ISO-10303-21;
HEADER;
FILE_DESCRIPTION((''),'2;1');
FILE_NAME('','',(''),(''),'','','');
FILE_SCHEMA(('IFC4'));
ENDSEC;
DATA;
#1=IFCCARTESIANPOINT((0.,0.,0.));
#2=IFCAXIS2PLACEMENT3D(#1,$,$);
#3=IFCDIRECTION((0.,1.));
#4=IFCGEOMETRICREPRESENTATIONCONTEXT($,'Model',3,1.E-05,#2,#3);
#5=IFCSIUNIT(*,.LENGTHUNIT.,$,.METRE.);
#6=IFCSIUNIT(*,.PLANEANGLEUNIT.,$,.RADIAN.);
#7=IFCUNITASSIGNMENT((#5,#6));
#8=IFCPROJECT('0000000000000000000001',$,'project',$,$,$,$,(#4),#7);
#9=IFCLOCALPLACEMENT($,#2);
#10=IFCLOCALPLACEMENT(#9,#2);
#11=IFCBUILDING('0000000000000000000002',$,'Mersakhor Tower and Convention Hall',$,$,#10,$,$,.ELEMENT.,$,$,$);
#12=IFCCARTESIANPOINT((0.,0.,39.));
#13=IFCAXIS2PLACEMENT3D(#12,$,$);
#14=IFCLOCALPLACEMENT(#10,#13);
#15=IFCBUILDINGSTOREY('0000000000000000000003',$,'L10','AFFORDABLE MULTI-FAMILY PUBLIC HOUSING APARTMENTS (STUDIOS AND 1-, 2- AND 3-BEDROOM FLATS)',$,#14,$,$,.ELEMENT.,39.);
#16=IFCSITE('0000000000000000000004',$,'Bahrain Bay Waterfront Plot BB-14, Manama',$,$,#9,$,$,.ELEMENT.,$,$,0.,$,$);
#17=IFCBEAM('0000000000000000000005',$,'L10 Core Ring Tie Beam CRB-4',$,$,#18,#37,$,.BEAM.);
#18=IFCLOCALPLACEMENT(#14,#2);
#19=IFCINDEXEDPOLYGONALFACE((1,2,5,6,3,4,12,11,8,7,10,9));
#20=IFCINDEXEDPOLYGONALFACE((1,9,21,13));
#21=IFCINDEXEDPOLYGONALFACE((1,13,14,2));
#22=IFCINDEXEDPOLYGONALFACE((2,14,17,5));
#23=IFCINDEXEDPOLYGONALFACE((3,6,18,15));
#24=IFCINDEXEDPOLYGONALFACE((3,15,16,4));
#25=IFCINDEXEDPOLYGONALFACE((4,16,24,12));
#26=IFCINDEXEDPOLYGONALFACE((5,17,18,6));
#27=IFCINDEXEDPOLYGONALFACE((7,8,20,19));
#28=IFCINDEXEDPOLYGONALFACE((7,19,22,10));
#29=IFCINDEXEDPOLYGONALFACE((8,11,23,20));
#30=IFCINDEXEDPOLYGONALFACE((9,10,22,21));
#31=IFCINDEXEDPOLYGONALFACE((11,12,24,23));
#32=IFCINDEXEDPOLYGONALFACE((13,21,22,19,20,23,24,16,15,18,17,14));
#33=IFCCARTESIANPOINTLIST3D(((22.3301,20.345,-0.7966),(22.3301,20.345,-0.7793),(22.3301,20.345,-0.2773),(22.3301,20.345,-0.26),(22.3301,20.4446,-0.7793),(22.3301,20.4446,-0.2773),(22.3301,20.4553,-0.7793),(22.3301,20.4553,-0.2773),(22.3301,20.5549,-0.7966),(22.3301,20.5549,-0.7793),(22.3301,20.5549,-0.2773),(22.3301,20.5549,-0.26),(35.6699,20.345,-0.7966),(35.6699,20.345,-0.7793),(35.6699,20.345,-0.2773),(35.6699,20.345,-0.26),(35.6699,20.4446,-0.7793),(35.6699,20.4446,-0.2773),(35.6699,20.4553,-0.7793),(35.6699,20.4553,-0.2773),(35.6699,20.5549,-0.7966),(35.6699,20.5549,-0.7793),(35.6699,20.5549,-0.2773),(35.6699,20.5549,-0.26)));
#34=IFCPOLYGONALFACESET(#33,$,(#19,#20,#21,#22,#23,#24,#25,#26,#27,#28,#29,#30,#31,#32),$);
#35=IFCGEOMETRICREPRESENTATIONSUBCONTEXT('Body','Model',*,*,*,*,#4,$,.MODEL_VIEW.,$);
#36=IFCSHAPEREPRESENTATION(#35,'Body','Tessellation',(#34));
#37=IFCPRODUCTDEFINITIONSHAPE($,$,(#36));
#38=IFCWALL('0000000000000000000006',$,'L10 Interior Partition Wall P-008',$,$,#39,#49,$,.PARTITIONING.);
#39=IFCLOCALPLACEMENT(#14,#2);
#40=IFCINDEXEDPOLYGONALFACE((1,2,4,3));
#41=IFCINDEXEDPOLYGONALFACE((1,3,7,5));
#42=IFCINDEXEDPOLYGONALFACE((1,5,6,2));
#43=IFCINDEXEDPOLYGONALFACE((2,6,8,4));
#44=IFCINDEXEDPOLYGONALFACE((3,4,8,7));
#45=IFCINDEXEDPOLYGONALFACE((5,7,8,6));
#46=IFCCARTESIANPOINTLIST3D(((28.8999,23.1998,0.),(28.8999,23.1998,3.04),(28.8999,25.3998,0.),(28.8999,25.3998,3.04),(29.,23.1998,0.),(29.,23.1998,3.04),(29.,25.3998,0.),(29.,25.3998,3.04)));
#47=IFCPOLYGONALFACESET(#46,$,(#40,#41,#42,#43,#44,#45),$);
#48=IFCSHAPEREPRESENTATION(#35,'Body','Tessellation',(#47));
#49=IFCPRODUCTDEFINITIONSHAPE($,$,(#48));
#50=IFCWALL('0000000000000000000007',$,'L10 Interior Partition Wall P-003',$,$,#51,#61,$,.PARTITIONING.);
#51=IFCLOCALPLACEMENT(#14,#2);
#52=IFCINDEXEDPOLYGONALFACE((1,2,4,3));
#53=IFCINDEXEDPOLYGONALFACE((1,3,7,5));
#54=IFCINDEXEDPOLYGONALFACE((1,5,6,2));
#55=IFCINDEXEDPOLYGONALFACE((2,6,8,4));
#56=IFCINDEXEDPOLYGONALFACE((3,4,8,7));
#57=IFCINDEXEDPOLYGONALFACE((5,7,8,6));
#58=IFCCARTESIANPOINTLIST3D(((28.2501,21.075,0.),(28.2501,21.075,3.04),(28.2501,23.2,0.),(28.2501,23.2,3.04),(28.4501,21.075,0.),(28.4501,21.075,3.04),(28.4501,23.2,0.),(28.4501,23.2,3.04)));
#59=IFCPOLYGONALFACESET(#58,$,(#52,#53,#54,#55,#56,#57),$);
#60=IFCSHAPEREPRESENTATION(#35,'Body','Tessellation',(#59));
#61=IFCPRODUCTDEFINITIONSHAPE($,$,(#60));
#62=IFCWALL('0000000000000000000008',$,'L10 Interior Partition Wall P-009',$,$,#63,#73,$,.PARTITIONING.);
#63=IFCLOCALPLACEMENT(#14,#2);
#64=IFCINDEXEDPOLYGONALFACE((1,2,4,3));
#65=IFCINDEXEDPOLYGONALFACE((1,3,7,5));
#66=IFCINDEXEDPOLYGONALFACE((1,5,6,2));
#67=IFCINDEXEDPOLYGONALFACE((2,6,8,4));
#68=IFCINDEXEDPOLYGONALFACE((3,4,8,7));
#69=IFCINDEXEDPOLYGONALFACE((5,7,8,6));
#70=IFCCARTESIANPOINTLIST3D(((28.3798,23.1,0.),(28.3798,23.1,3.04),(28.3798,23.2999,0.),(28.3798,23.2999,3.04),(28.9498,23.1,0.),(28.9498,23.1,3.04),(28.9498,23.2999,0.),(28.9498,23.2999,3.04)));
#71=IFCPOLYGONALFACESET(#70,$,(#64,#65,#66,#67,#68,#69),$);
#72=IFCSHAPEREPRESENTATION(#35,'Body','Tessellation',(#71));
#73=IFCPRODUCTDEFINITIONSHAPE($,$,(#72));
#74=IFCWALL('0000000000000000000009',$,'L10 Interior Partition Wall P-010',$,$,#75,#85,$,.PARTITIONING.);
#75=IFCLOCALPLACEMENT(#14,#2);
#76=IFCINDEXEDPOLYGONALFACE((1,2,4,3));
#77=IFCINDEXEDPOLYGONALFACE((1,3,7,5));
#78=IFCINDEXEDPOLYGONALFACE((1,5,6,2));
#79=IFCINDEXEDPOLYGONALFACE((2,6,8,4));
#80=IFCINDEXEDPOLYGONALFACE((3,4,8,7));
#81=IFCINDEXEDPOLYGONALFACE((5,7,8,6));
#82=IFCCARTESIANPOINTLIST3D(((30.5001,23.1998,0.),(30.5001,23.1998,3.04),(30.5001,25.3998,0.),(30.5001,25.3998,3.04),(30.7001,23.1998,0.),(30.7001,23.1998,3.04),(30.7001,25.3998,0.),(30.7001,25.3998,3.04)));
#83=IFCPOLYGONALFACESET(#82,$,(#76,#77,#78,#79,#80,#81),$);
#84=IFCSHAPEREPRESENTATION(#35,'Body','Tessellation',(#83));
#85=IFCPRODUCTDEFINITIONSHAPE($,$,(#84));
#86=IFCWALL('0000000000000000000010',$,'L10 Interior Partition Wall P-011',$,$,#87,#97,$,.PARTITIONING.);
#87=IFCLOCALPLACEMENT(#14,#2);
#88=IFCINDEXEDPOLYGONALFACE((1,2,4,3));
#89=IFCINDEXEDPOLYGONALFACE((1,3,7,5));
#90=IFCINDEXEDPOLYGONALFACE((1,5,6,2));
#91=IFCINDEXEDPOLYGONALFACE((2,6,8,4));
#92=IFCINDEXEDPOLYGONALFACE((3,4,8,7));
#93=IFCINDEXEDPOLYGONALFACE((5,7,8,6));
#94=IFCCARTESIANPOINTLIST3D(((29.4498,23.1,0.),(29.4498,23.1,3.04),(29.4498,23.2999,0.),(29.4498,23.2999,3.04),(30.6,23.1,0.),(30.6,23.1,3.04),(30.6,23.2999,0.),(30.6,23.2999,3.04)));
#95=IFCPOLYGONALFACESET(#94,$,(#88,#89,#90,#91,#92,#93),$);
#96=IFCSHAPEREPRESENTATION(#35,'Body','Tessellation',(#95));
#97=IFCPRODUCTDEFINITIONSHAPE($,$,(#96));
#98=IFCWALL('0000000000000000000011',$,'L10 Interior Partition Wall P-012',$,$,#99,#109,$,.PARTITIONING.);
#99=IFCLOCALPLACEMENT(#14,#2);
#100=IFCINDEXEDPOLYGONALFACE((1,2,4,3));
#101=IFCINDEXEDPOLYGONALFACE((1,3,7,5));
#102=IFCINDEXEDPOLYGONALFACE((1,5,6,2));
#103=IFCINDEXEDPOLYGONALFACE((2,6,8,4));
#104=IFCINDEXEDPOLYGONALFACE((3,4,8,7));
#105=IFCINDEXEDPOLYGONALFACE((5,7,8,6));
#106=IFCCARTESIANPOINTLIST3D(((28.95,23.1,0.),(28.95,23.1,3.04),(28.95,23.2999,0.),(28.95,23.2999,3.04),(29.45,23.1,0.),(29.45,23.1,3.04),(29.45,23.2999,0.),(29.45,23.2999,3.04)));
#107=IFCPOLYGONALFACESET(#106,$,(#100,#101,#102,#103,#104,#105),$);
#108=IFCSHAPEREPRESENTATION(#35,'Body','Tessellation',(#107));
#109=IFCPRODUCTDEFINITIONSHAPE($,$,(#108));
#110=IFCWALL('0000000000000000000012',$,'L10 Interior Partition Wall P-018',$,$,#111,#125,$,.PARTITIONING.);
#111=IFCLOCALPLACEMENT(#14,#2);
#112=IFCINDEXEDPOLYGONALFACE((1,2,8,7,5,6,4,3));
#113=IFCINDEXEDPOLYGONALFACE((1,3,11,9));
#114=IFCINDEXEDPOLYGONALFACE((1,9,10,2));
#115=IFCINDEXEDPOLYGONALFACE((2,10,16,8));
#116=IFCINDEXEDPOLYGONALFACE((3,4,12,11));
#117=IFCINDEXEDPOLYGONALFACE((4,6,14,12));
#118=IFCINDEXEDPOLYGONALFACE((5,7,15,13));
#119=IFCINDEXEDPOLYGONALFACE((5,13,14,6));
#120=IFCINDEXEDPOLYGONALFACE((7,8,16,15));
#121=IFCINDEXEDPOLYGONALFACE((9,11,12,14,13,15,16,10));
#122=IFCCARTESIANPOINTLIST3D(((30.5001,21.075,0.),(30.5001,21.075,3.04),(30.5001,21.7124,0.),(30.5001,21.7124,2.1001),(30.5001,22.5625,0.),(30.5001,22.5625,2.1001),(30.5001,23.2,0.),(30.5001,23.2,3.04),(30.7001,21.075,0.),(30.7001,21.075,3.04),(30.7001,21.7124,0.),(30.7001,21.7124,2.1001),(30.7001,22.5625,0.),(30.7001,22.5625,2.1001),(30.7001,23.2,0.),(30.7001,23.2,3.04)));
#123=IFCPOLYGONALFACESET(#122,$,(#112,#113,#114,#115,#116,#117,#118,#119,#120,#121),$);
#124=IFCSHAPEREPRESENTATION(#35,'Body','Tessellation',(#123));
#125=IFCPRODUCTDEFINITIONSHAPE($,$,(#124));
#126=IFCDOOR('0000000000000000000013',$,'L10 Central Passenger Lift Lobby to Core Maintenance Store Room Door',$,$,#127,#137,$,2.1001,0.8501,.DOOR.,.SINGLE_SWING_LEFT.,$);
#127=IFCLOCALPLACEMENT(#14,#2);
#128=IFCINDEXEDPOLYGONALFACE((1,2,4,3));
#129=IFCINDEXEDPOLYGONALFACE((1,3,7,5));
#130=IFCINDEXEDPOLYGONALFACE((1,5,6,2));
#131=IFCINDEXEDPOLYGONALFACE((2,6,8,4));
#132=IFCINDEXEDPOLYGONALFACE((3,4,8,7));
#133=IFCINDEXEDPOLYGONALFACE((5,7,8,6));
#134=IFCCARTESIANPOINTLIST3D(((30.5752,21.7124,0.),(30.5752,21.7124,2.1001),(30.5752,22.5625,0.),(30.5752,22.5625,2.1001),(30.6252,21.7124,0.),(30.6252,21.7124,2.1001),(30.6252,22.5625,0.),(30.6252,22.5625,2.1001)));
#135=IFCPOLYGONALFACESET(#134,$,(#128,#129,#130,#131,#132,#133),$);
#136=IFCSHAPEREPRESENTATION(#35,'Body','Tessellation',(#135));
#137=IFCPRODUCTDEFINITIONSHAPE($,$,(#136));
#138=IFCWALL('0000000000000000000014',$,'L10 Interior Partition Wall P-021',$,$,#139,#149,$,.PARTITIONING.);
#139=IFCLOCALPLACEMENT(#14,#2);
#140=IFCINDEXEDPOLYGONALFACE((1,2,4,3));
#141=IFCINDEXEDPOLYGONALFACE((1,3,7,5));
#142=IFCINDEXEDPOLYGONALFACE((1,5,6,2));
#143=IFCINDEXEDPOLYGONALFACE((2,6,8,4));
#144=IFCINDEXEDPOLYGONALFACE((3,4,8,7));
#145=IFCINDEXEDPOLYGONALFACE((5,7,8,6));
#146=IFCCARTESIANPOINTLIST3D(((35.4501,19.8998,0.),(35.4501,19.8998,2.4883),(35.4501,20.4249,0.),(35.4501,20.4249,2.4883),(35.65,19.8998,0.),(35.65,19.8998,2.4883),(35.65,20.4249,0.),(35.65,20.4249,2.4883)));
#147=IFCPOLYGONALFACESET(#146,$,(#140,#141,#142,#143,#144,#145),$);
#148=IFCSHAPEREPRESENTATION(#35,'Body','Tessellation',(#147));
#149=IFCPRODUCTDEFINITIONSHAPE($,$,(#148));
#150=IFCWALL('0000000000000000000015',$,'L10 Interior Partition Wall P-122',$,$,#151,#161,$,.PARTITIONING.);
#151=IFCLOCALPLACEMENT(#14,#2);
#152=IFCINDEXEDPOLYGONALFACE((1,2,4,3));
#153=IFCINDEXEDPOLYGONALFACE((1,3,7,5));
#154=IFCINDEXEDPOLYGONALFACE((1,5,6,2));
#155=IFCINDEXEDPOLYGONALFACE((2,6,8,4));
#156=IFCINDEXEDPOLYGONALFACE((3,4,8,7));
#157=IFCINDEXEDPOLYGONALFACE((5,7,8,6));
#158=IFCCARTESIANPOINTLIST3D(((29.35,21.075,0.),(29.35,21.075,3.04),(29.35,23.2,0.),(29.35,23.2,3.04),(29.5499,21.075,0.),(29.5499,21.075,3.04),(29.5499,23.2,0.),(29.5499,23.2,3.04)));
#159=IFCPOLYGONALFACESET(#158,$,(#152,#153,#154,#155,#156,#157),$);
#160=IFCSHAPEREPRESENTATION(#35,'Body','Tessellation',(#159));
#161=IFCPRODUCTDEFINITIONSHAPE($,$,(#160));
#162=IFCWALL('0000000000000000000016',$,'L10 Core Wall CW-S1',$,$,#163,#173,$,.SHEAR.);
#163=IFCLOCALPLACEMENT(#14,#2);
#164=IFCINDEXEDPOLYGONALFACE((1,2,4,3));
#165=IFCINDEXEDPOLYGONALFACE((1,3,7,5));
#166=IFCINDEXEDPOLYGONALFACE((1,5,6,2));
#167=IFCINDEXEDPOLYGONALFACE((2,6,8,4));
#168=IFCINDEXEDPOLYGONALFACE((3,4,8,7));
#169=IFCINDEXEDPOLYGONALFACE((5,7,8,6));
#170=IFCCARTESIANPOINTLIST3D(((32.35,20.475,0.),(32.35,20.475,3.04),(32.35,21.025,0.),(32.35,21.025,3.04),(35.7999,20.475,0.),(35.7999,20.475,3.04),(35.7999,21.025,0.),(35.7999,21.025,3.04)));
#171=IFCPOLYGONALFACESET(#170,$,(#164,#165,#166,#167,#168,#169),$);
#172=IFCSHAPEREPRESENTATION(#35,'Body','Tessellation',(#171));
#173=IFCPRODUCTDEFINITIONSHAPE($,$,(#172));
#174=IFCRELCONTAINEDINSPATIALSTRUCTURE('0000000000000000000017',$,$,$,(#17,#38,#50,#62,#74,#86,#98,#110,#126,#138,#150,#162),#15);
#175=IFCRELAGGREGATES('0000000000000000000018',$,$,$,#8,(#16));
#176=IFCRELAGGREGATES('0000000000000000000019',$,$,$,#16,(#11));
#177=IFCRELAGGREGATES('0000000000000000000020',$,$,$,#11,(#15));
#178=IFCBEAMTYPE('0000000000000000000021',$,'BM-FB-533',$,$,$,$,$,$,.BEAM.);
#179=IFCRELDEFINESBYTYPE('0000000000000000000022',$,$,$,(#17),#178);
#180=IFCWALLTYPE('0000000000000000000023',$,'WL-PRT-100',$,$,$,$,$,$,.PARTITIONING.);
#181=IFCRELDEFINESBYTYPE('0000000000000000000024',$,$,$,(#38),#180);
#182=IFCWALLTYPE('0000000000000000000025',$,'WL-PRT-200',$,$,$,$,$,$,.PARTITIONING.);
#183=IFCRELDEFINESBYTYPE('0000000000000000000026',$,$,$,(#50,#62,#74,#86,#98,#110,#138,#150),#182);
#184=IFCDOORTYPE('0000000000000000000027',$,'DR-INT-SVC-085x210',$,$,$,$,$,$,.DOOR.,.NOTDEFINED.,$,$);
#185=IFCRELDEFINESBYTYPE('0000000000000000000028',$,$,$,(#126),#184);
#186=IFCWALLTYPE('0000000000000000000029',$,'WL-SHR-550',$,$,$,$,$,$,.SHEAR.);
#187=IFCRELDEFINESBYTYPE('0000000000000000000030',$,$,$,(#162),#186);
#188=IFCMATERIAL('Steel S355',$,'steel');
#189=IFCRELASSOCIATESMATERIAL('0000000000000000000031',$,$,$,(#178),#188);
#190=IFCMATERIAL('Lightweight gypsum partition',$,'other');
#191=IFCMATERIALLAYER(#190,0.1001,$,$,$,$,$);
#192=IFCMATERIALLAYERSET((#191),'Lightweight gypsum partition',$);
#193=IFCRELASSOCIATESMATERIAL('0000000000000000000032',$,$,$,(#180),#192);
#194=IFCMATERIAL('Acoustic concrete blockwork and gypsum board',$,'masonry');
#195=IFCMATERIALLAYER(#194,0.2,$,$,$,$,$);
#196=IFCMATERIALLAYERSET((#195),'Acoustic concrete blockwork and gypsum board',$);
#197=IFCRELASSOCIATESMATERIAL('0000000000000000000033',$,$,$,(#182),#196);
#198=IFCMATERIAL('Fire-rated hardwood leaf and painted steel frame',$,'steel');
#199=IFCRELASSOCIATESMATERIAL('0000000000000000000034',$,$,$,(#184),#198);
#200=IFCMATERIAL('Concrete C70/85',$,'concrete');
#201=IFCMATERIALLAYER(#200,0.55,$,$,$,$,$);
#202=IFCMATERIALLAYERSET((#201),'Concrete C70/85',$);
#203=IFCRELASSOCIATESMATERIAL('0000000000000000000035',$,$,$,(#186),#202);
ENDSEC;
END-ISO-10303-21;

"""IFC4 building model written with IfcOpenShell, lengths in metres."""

from ifc_helpers import new_model, si_unit, direction, frame, frame_2d, origin, origin_2d, place, context, subcontext, project, spatial, rectangle, i_section, extrude, material, layer, layer_set, material_profile, profile_set, type_object, element, fill, save


model = new_model("IFC4")

# Units and contexts
model_context = context("Model", 3, precision=1e-05, world=origin(), true_north=direction((0.0, 1.0)))
body_context = subcontext(model_context, "Body", "Model", "MODEL_VIEW")
ifc_project = project(units=[si_unit("LENGTHUNIT", "METRE"), si_unit("PLANEANGLEUNIT", "RADIAN")], contexts=[model_context])

# Site, building, storey
site_placement = place(None, origin())
site = spatial("IfcSite", under=ifc_project, at=site_placement, Name="Bahrain Bay Waterfront Plot BB-14, Manama", CompositionType="ELEMENT", RefElevation=0.0)
building_placement = place(site_placement, origin())
building = spatial("IfcBuilding", under=site, at=building_placement, Name="Mersakhor Tower and Convention Hall", CompositionType="ELEMENT")
storey_placement = place(building_placement, frame((0.0, 0.0, 39.0)))
storey = spatial("IfcBuildingStorey", under=building, at=storey_placement, Name="L10", Description="AFFORDABLE MULTI-FAMILY PUBLIC HOUSING APARTMENTS (STUDIOS AND 1-, 2- AND 3-BEDROOM FLATS)", CompositionType="ELEMENT", Elevation=39.0)

# Beam
ifc_material_1 = material(Name="Steel S355", Category="steel")
ifc_material_profile = material_profile(ifc_material_1, i_section(OverallWidth=0.21, OverallDepth=0.5366, WebThickness=0.0107, FlangeThickness=0.0173, at=origin_2d()), Name="UB 533x210x101")
ifc_profile_set = profile_set([ifc_material_profile], Name="Steel S355")
beam_type = type_object("IfcBeamType", Name="BM-FB-533", PredefinedType="BEAM", material=ifc_profile_set)
beam_placement = place(storey_placement, frame((35.6699, 20.45, -0.5283), z_axis=(-1.0, 0.0, 0.0), x_axis=(0.0, -1.0, 0.0)))
element("IfcBeam", 1, at=beam_placement, inside=storey, type_object=beam_type, Name="L10 Core Ring Tie Beam CRB-4", PredefinedType="BEAM", context=body_context, shape_type="SweptSolid", body=[
    extrude(i_section(OverallWidth=0.21, OverallDepth=0.5366, WebThickness=0.0107, FlangeThickness=0.0173, at=origin_2d()), origin(), (0.0, 0.0, 1.0), 13.3398),
])

# Walls
ifc_material_2 = material(Name="Lightweight gypsum partition", Category="other")
ifc_layer_1 = layer(ifc_material_2, 0.1001)
ifc_layer_set_1 = layer_set([ifc_layer_1], Name="Lightweight gypsum partition")
wall_type_1 = type_object("IfcWallType", Name="WL-PRT-100", PredefinedType="PARTITIONING", material=ifc_layer_set_1)
wall_1_placement = place(storey_placement, frame((28.95, 25.3999, 0.0), z_axis=(0.0, 0.0, 1.0), x_axis=(0.0, -1.0, 0.0)))
element("IfcWall", 2, at=wall_1_placement, inside=storey, type_object=wall_type_1, Name="L10 Interior Partition Wall P-008", PredefinedType="PARTITIONING", context=body_context, shape_type="SweptSolid", body=[
    extrude(rectangle(XDim=2.2, YDim=0.1001, at=frame_2d((1.1001, 0.0))), origin(), (0.0, 0.0, 1.0), 3.04),
])
ifc_material_3 = material(Name="Acoustic concrete blockwork and gypsum board", Category="masonry")
ifc_layer_2 = layer(ifc_material_3, 0.2)
ifc_layer_set_2 = layer_set([ifc_layer_2], Name="Acoustic concrete blockwork and gypsum board")
wall_type_2 = type_object("IfcWallType", Name="WL-PRT-200", PredefinedType="PARTITIONING", material=ifc_layer_set_2)
wall_2_placement = place(storey_placement, frame((28.3501, 23.2, 0.0), z_axis=(0.0, 0.0, 1.0), x_axis=(0.0, -1.0, 0.0)))
element("IfcWall", 3, at=wall_2_placement, inside=storey, type_object=wall_type_2, Name="L10 Interior Partition Wall P-003", PredefinedType="PARTITIONING", context=body_context, shape_type="SweptSolid", body=[
    extrude(rectangle(XDim=2.125, YDim=0.2, at=frame_2d((1.0625, 0.0))), origin(), (0.0, 0.0, 1.0), 3.04),
])
wall_3_placement = place(storey_placement, frame((28.95, 23.2, 0.0), z_axis=(0.0, 0.0, 1.0), x_axis=(-1.0, 0.0, 0.0)))
element("IfcWall", 4, at=wall_3_placement, inside=storey, type_object=wall_type_2, Name="L10 Interior Partition Wall P-009", PredefinedType="PARTITIONING", context=body_context, shape_type="SweptSolid", body=[
    extrude(rectangle(XDim=0.5701, YDim=0.2, at=frame_2d((0.2852, 0.0))), origin(), (0.0, 0.0, 1.0), 3.04),
])
wall_4_placement = place(storey_placement, frame((30.6001, 25.3999, 0.0), z_axis=(0.0, 0.0, 1.0), x_axis=(0.0, -1.0, 0.0)))
element("IfcWall", 5, at=wall_4_placement, inside=storey, type_object=wall_type_2, Name="L10 Interior Partition Wall P-010", PredefinedType="PARTITIONING", context=body_context, shape_type="SweptSolid", body=[
    extrude(rectangle(XDim=2.2, YDim=0.2, at=frame_2d((1.1001, 0.0))), origin(), (0.0, 0.0, 1.0), 3.04),
])
wall_5_placement = place(storey_placement, frame((30.6001, 23.2, 0.0), z_axis=(0.0, 0.0, 1.0), x_axis=(-1.0, 0.0, 0.0)))
element("IfcWall", 6, at=wall_5_placement, inside=storey, type_object=wall_type_2, Name="L10 Interior Partition Wall P-011", PredefinedType="PARTITIONING", context=body_context, shape_type="SweptSolid", body=[
    extrude(rectangle(XDim=1.1501, YDim=0.2, at=frame_2d((0.5752, 0.0))), origin(), (0.0, 0.0, 1.0), 3.04),
])
wall_6_placement = place(storey_placement, frame((29.45, 23.2, 0.0), z_axis=(0.0, 0.0, 1.0), x_axis=(-1.0, 0.0, 0.0)))
element("IfcWall", 7, at=wall_6_placement, inside=storey, type_object=wall_type_2, Name="L10 Interior Partition Wall P-012", PredefinedType="PARTITIONING", context=body_context, shape_type="SweptSolid", body=[
    extrude(rectangle(XDim=0.5, YDim=0.2, at=frame_2d((0.25, 0.0))), origin(), (0.0, 0.0, 1.0), 3.04),
])

# Wall, opening, door
wall_7_placement = place(storey_placement, frame((30.6001, 21.075, 0.0), z_axis=(0.0, 0.0, 1.0), x_axis=(0.0, 1.0, 0.0)))
wall_7 = element("IfcWall", 8, at=wall_7_placement, inside=storey, type_object=wall_type_2, Name="L10 Interior Partition Wall P-018", PredefinedType="PARTITIONING", context=body_context, shape_type="SweptSolid", body=[
    extrude(rectangle(XDim=2.125, YDim=0.2, at=frame_2d((1.0625, 0.0))), origin(), (0.0, 0.0, 1.0), 3.04),
])
opening_1_placement = place(wall_7_placement, frame((0.6375, 0.0, 0.0)))
opening_1 = element("IfcOpeningElement", 9, at=opening_1_placement, cuts=wall_7, PredefinedType="OPENING", context=body_context, shape_type="SweptSolid", body=[
    extrude(rectangle(XDim=0.8501, YDim=2.1001, at=frame_2d((0.425, 1.05))), frame((0.0, 0.1099, 0.0), z_axis=(0.0, -1.0, 0.0), x_axis=(1.0, 0.0, 0.0)), (0.0, 0.0, 1.0), 0.22),
])
ifc_material_4 = material(Name="Fire-rated hardwood leaf and painted steel frame", Category="steel")
door_type_1 = type_object("IfcDoorType", Name="DR-INT-SVC-085x210", OperationType="NOTDEFINED", PredefinedType="DOOR", material=ifc_material_4)
door_1_placement = place(opening_1_placement, origin())
door_1 = element("IfcDoor", 10, at=door_1_placement, inside=storey, type_object=door_type_1, Name="L10 Central Passenger Lift Lobby to Core Maintenance Store Room Door", OperationType="SINGLE_SWING_LEFT", OverallHeight=2.1001, OverallWidth=0.8501, PredefinedType="DOOR", context=body_context, shape_type="SweptSolid", body=[
    extrude(rectangle(XDim=0.8501, YDim=2.1001, at=frame_2d((0.425, 1.05))), frame((0.0, 0.0249, 0.0), z_axis=(0.0, -1.0, 0.0), x_axis=(1.0, 0.0, 0.0)), (0.0, 0.0, 1.0), 0.05),
])
fill(opening_1, door_1)

# Walls
wall_8_placement = place(storey_placement, frame((35.55, 20.425, 0.0), z_axis=(0.0, 0.0, 1.0), x_axis=(0.0, -1.0, 0.0)))
element("IfcWall", 11, at=wall_8_placement, inside=storey, type_object=wall_type_2, Name="L10 Interior Partition Wall P-021", PredefinedType="PARTITIONING", context=body_context, shape_type="SweptSolid", body=[
    extrude(rectangle(XDim=0.5251, YDim=0.2, at=frame_2d((0.2627, 0.0))), origin(), (0.0, 0.0, 1.0), 2.4883),
])
wall_9_placement = place(storey_placement, frame((29.45, 23.2, 0.0), z_axis=(0.0, 0.0, 1.0), x_axis=(0.0, -1.0, 0.0)))
element("IfcWall", 12, at=wall_9_placement, inside=storey, type_object=wall_type_2, Name="L10 Interior Partition Wall P-122", PredefinedType="PARTITIONING", context=body_context, shape_type="SweptSolid", body=[
    extrude(rectangle(XDim=2.125, YDim=0.2, at=frame_2d((1.0625, 0.0))), origin(), (0.0, 0.0, 1.0), 3.04),
])
ifc_material_5 = material(Name="Concrete C70/85", Category="concrete")
ifc_layer_3 = layer(ifc_material_5, 0.55)
ifc_layer_set_3 = layer_set([ifc_layer_3], Name="Concrete C70/85")
wall_type_3 = type_object("IfcWallType", Name="WL-SHR-550", PredefinedType="SHEAR", material=ifc_layer_set_3)
wall_10_placement = place(storey_placement, frame((35.8, 20.75, 0.0), z_axis=(0.0, 0.0, 1.0), x_axis=(-1.0, 0.0, 0.0)))
element("IfcWall", 13, at=wall_10_placement, inside=storey, type_object=wall_type_3, Name="L10 Core Wall CW-S1", PredefinedType="SHEAR", context=body_context, shape_type="SweptSolid", body=[
    extrude(rectangle(XDim=3.45, YDim=0.55, at=frame_2d((1.7251, 0.0))), origin(), (0.0, 0.0, 1.0), 3.04),
])

save(model, "model.ifc")
